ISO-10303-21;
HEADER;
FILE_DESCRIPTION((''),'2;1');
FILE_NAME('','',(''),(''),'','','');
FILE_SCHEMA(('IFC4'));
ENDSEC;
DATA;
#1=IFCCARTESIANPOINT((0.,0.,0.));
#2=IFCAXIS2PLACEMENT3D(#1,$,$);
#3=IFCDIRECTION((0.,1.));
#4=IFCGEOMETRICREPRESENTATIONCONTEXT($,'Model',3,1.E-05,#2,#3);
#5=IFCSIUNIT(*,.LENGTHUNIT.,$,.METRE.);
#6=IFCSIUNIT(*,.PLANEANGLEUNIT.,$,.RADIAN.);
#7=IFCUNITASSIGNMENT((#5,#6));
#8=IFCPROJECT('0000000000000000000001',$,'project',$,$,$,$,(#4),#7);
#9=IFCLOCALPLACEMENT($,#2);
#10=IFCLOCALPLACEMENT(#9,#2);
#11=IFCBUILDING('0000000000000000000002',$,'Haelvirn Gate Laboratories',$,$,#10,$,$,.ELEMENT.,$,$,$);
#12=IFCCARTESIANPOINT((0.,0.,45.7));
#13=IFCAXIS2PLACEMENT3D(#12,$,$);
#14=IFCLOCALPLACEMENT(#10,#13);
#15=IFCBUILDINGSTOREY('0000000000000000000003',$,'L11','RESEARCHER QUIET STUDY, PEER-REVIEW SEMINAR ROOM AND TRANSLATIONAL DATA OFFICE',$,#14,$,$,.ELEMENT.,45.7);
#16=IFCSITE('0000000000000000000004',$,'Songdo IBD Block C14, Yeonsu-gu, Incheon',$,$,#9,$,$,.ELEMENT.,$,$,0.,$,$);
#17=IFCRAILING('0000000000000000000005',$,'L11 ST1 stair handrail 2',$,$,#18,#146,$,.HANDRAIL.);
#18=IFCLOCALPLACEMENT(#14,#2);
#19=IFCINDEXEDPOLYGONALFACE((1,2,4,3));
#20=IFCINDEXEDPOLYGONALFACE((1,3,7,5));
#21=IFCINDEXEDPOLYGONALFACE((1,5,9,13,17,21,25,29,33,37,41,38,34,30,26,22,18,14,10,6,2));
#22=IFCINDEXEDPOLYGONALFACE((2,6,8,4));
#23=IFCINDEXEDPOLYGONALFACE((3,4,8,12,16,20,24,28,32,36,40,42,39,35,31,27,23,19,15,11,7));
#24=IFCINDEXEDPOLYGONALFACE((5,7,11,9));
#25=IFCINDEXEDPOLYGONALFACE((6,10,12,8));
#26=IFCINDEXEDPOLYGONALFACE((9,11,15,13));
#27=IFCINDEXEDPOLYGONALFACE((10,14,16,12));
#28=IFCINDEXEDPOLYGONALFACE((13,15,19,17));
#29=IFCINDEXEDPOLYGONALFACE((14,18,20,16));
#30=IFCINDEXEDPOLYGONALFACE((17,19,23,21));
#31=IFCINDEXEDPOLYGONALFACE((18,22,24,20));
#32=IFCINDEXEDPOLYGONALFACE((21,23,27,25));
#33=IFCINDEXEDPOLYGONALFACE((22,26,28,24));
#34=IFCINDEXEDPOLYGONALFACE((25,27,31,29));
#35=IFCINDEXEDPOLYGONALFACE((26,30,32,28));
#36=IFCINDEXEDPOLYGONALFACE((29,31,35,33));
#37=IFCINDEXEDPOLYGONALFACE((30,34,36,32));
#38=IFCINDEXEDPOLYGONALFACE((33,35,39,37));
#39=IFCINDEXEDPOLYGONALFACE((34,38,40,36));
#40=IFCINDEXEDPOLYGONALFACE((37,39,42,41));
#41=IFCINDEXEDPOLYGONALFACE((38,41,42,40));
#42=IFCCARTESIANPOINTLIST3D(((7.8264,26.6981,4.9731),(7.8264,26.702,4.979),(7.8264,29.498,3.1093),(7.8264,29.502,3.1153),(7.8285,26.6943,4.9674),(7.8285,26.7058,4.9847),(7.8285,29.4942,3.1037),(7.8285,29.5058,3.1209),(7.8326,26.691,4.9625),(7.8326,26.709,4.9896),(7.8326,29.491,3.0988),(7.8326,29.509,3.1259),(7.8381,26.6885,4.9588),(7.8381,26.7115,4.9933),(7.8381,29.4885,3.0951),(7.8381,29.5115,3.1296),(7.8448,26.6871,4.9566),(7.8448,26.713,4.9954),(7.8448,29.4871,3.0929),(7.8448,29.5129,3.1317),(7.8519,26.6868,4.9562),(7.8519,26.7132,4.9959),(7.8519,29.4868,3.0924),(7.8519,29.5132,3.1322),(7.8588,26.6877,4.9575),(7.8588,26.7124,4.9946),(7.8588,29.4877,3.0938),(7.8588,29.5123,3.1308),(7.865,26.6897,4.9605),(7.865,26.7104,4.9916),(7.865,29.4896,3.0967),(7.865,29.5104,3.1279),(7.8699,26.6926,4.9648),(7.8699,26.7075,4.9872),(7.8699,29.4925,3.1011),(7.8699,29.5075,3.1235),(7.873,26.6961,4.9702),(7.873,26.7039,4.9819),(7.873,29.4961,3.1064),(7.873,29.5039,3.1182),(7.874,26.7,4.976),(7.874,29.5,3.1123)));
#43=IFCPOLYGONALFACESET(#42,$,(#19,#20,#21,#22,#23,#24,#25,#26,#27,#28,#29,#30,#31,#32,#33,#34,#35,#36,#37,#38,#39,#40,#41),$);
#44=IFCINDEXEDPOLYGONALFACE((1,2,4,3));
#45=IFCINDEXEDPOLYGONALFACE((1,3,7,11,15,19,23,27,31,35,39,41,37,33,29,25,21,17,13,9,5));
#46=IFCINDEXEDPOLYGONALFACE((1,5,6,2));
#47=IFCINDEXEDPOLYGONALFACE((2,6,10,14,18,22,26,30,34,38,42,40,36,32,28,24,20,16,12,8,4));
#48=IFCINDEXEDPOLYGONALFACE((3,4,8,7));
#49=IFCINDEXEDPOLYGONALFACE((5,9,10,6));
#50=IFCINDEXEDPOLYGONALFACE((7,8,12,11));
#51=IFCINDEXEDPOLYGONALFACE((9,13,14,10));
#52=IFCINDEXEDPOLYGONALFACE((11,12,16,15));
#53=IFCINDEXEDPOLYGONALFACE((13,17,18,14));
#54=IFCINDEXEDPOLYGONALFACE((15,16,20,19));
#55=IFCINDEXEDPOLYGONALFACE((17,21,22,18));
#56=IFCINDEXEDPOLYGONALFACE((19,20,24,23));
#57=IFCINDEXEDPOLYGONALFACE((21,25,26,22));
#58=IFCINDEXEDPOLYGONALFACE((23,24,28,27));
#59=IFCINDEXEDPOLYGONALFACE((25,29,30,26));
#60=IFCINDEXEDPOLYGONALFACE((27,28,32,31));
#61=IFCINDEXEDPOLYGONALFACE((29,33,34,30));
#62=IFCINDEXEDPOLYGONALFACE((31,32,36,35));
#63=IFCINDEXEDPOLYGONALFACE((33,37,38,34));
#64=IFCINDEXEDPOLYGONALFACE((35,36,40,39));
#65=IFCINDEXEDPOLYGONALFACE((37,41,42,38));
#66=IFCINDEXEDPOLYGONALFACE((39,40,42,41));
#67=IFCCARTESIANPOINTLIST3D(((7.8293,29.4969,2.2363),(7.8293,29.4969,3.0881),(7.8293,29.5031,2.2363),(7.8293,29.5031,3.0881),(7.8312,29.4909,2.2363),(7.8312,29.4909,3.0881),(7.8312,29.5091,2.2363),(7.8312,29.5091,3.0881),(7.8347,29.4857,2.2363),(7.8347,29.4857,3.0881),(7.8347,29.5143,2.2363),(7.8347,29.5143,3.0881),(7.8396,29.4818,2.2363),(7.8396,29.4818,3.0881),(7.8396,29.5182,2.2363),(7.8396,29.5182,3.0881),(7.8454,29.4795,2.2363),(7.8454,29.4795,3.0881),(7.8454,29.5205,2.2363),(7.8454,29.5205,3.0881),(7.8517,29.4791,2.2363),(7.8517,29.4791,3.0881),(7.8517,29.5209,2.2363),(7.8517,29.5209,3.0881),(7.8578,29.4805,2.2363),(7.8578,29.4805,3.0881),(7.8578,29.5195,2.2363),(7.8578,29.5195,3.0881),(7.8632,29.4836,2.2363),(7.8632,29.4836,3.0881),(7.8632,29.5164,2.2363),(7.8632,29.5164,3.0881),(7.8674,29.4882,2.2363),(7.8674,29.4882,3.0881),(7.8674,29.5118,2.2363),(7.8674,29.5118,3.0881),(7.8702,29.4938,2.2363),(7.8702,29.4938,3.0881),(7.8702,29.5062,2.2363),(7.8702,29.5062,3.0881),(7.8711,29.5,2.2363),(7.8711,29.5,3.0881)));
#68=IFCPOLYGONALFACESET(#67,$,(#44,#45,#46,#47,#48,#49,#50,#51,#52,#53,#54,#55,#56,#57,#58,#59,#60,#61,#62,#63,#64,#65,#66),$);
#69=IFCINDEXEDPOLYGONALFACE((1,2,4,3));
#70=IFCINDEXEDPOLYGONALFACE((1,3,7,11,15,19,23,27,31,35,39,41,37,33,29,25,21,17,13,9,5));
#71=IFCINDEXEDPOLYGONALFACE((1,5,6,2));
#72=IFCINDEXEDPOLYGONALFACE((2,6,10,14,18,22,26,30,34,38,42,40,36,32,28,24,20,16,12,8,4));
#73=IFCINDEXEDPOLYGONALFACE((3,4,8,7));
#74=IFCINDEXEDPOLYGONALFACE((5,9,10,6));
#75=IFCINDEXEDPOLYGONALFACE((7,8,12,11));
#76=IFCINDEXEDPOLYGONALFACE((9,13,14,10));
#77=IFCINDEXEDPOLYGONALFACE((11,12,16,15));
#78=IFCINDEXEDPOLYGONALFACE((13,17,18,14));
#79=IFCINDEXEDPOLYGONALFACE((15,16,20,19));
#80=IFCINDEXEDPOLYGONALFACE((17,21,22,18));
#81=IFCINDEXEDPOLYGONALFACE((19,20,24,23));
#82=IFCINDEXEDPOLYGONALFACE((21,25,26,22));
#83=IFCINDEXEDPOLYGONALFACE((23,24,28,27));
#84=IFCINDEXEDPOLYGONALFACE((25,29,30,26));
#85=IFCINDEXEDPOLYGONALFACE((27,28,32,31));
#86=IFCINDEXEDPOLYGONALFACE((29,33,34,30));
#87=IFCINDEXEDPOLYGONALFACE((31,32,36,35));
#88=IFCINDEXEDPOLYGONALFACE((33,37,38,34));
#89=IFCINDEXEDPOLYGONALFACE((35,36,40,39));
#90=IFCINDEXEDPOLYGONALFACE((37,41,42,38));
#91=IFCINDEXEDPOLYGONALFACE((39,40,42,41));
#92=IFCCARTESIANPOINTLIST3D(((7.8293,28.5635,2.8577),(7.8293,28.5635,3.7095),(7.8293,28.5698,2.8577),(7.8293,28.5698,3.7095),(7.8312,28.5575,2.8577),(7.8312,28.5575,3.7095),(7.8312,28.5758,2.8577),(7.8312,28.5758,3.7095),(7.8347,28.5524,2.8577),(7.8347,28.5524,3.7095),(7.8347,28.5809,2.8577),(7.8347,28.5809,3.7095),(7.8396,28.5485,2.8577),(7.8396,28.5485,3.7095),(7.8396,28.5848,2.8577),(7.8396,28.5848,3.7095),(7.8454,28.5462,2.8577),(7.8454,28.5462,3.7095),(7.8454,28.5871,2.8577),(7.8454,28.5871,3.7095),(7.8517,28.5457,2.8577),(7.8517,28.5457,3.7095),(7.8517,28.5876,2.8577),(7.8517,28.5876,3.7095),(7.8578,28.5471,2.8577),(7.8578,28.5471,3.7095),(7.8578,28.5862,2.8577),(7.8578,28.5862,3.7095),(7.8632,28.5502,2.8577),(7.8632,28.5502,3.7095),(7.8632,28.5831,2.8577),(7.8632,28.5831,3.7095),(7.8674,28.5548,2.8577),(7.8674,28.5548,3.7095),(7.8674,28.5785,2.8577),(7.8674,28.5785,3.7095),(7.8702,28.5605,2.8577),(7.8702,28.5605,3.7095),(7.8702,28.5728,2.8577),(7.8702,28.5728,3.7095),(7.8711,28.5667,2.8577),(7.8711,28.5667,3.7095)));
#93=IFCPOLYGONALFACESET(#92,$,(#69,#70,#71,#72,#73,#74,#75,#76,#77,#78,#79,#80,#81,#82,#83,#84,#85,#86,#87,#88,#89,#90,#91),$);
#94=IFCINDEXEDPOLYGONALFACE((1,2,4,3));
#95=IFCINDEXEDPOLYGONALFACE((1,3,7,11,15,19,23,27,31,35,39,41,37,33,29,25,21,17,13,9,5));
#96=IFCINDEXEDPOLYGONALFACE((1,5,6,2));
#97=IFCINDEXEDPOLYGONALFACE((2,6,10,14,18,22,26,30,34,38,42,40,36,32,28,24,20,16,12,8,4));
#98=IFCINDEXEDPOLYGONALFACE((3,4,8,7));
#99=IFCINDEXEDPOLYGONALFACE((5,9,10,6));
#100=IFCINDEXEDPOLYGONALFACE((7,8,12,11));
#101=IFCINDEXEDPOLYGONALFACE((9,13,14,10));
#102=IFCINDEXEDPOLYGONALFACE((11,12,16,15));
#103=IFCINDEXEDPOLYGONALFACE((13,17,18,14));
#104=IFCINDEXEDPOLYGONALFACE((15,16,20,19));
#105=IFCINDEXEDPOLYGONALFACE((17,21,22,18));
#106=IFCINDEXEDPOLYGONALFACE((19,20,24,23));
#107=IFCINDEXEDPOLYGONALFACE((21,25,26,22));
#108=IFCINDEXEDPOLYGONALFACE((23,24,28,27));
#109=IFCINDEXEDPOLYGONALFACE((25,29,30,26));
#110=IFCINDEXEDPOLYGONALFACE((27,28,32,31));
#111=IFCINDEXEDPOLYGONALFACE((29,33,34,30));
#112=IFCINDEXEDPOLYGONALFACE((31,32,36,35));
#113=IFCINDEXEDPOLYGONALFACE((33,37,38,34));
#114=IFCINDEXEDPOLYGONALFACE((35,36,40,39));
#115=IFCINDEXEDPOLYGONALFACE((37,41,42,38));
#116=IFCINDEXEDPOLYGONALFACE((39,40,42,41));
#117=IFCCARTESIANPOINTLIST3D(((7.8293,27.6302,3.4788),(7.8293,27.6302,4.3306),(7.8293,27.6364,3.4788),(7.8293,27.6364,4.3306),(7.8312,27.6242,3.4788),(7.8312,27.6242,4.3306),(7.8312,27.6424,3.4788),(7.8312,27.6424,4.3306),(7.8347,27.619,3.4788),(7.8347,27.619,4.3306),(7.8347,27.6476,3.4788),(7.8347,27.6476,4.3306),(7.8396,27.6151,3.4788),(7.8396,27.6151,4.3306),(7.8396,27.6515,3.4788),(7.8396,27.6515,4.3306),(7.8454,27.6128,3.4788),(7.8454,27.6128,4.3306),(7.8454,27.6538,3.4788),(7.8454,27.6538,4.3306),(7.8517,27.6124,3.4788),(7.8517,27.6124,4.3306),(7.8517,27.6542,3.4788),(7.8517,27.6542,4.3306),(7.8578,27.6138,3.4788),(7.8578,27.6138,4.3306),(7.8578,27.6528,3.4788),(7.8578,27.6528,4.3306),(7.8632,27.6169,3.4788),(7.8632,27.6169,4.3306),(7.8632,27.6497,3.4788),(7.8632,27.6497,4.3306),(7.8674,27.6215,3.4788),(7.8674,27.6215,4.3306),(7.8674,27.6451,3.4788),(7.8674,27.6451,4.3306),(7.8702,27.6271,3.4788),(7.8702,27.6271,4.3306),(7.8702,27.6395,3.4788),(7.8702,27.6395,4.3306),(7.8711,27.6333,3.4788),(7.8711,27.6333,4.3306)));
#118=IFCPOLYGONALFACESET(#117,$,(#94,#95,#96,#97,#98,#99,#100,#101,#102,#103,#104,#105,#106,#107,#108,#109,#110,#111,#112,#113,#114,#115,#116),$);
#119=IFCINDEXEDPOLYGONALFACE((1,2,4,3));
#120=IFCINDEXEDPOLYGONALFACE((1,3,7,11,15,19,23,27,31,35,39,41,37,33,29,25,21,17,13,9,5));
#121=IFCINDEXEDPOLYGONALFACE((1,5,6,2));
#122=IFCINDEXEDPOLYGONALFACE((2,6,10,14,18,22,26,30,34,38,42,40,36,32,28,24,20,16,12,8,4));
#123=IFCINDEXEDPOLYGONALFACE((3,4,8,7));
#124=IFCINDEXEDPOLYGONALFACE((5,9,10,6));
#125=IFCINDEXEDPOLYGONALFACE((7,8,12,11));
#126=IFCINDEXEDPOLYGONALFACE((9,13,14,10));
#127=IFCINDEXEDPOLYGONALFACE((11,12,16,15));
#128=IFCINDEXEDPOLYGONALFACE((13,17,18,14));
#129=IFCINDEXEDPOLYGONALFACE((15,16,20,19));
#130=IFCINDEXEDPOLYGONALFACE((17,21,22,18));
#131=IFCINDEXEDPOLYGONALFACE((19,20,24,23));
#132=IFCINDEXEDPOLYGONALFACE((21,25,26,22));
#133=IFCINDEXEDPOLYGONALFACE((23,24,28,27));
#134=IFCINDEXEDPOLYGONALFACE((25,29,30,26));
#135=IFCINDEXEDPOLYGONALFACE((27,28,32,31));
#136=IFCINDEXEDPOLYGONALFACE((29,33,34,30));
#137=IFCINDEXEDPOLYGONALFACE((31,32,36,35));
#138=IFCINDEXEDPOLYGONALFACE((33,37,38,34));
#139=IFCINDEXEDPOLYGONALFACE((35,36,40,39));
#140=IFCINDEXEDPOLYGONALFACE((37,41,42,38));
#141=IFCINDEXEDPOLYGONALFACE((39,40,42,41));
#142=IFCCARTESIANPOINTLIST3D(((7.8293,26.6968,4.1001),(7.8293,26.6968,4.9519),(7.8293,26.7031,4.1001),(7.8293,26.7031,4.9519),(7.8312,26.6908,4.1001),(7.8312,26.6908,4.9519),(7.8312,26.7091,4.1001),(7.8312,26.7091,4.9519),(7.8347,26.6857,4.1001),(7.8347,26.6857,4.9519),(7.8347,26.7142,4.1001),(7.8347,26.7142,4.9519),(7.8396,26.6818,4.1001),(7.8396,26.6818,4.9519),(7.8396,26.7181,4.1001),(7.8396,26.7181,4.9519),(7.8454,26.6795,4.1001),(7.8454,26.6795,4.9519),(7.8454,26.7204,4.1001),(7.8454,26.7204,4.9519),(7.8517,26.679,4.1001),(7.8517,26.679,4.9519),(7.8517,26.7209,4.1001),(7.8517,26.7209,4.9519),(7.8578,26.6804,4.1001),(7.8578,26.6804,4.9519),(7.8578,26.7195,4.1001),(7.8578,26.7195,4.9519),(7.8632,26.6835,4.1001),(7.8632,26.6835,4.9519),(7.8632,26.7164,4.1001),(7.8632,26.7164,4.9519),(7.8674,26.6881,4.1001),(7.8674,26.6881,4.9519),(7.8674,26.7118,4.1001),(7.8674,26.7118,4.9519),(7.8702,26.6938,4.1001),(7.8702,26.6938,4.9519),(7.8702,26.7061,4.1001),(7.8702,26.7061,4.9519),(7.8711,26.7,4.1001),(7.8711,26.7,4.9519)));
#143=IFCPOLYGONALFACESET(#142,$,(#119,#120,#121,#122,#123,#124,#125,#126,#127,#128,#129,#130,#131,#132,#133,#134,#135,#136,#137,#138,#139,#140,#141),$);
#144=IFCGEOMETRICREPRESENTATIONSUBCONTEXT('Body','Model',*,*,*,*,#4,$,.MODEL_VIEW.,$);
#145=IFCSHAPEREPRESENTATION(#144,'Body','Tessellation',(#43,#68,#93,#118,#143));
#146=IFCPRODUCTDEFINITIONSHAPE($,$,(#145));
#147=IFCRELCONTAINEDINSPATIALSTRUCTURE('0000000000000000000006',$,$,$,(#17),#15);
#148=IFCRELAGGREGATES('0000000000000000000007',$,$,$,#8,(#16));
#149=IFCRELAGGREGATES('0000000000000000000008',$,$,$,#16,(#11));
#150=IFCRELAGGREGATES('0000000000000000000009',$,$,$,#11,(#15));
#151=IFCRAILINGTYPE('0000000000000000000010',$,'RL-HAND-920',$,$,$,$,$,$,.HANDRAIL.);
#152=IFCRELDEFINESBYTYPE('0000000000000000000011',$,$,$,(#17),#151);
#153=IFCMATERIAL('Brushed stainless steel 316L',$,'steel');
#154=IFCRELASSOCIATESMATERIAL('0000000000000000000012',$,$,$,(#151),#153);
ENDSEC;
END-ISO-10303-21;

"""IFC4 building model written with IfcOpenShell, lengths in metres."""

from ifc_helpers import new_model, si_unit, direction, frame, origin, origin_2d, place, context, subcontext, project, spatial, circle, extrude, source, transform, mapped, material, type_object, element, save


model = new_model("IFC4")

# Units and contexts
model_context = context("Model", 3, precision=1e-05, world=origin(), true_north=direction((0.0, 1.0)))
body_context = subcontext(model_context, "Body", "Model", "MODEL_VIEW")
ifc_project = project(units=[si_unit("LENGTHUNIT", "METRE"), si_unit("PLANEANGLEUNIT", "RADIAN")], contexts=[model_context])

# Site, building, storey
site_placement = place(None, origin())
site = spatial("IfcSite", under=ifc_project, at=site_placement, Name="Songdo IBD Block C14, Yeonsu-gu, Incheon", CompositionType="ELEMENT", RefElevation=0.0)
building_placement = place(site_placement, origin())
building = spatial("IfcBuilding", under=site, at=building_placement, Name="Haelvirn Gate Laboratories", CompositionType="ELEMENT")
storey_placement = place(building_placement, frame((0.0, 0.0, 45.7)))
storey = spatial("IfcBuildingStorey", under=building, at=storey_placement, Name="L11", Description="RESEARCHER QUIET STUDY, PEER-REVIEW SEMINAR ROOM AND TRANSLATIONAL DATA OFFICE", CompositionType="ELEMENT", Elevation=45.7)

# Railing
ifc_material_1 = material(Name="Brushed stainless steel 316L", Category="steel")
railing_type_1 = type_object("IfcRailingType", Name="RL-HAND-920", PredefinedType="HANDRAIL", material=ifc_material_1)
shared_shape_1 = source(origin(), body_context, "Body", "SweptSolid", [
    extrude(circle(Radius=0.0239, at=origin_2d()), frame((0.0, 0.0, 0.876), z_axis=(0.0, -0.832452, 0.554097), x_axis=(1.0, 0.0, 0.0)), (0.0, 0.0, 1.0), 3.3635),
    extrude(circle(Radius=0.021, at=origin_2d()), origin(), (0.0, 0.0, 1.0), 0.8518),
    extrude(circle(Radius=0.021, at=origin_2d()), frame((0.0, -0.9333, 0.6213)), (0.0, 0.0, 1.0), 0.8518),
    extrude(circle(Radius=0.021, at=origin_2d()), frame((0.0, -1.8667, 1.2424)), (0.0, 0.0, 1.0), 0.8518),
    extrude(circle(Radius=0.021, at=origin_2d()), frame((0.0, -2.8, 1.8638)), (0.0, 0.0, 1.0), 0.8518),
])
railing_1_placement = place(storey_placement, frame((7.8501, 29.5, 2.2363)))
element("IfcRailing", 1, at=railing_1_placement, inside=storey, type_object=railing_type_1, Name="L11 ST1 stair handrail 2", PredefinedType="HANDRAIL", context=body_context, shape_type="MappedRepresentation", body=[
    mapped(shared_shape_1, transform((0.0, 0.0, 0.0), scale=1.0)),
])

save(model, "model.ifc")
